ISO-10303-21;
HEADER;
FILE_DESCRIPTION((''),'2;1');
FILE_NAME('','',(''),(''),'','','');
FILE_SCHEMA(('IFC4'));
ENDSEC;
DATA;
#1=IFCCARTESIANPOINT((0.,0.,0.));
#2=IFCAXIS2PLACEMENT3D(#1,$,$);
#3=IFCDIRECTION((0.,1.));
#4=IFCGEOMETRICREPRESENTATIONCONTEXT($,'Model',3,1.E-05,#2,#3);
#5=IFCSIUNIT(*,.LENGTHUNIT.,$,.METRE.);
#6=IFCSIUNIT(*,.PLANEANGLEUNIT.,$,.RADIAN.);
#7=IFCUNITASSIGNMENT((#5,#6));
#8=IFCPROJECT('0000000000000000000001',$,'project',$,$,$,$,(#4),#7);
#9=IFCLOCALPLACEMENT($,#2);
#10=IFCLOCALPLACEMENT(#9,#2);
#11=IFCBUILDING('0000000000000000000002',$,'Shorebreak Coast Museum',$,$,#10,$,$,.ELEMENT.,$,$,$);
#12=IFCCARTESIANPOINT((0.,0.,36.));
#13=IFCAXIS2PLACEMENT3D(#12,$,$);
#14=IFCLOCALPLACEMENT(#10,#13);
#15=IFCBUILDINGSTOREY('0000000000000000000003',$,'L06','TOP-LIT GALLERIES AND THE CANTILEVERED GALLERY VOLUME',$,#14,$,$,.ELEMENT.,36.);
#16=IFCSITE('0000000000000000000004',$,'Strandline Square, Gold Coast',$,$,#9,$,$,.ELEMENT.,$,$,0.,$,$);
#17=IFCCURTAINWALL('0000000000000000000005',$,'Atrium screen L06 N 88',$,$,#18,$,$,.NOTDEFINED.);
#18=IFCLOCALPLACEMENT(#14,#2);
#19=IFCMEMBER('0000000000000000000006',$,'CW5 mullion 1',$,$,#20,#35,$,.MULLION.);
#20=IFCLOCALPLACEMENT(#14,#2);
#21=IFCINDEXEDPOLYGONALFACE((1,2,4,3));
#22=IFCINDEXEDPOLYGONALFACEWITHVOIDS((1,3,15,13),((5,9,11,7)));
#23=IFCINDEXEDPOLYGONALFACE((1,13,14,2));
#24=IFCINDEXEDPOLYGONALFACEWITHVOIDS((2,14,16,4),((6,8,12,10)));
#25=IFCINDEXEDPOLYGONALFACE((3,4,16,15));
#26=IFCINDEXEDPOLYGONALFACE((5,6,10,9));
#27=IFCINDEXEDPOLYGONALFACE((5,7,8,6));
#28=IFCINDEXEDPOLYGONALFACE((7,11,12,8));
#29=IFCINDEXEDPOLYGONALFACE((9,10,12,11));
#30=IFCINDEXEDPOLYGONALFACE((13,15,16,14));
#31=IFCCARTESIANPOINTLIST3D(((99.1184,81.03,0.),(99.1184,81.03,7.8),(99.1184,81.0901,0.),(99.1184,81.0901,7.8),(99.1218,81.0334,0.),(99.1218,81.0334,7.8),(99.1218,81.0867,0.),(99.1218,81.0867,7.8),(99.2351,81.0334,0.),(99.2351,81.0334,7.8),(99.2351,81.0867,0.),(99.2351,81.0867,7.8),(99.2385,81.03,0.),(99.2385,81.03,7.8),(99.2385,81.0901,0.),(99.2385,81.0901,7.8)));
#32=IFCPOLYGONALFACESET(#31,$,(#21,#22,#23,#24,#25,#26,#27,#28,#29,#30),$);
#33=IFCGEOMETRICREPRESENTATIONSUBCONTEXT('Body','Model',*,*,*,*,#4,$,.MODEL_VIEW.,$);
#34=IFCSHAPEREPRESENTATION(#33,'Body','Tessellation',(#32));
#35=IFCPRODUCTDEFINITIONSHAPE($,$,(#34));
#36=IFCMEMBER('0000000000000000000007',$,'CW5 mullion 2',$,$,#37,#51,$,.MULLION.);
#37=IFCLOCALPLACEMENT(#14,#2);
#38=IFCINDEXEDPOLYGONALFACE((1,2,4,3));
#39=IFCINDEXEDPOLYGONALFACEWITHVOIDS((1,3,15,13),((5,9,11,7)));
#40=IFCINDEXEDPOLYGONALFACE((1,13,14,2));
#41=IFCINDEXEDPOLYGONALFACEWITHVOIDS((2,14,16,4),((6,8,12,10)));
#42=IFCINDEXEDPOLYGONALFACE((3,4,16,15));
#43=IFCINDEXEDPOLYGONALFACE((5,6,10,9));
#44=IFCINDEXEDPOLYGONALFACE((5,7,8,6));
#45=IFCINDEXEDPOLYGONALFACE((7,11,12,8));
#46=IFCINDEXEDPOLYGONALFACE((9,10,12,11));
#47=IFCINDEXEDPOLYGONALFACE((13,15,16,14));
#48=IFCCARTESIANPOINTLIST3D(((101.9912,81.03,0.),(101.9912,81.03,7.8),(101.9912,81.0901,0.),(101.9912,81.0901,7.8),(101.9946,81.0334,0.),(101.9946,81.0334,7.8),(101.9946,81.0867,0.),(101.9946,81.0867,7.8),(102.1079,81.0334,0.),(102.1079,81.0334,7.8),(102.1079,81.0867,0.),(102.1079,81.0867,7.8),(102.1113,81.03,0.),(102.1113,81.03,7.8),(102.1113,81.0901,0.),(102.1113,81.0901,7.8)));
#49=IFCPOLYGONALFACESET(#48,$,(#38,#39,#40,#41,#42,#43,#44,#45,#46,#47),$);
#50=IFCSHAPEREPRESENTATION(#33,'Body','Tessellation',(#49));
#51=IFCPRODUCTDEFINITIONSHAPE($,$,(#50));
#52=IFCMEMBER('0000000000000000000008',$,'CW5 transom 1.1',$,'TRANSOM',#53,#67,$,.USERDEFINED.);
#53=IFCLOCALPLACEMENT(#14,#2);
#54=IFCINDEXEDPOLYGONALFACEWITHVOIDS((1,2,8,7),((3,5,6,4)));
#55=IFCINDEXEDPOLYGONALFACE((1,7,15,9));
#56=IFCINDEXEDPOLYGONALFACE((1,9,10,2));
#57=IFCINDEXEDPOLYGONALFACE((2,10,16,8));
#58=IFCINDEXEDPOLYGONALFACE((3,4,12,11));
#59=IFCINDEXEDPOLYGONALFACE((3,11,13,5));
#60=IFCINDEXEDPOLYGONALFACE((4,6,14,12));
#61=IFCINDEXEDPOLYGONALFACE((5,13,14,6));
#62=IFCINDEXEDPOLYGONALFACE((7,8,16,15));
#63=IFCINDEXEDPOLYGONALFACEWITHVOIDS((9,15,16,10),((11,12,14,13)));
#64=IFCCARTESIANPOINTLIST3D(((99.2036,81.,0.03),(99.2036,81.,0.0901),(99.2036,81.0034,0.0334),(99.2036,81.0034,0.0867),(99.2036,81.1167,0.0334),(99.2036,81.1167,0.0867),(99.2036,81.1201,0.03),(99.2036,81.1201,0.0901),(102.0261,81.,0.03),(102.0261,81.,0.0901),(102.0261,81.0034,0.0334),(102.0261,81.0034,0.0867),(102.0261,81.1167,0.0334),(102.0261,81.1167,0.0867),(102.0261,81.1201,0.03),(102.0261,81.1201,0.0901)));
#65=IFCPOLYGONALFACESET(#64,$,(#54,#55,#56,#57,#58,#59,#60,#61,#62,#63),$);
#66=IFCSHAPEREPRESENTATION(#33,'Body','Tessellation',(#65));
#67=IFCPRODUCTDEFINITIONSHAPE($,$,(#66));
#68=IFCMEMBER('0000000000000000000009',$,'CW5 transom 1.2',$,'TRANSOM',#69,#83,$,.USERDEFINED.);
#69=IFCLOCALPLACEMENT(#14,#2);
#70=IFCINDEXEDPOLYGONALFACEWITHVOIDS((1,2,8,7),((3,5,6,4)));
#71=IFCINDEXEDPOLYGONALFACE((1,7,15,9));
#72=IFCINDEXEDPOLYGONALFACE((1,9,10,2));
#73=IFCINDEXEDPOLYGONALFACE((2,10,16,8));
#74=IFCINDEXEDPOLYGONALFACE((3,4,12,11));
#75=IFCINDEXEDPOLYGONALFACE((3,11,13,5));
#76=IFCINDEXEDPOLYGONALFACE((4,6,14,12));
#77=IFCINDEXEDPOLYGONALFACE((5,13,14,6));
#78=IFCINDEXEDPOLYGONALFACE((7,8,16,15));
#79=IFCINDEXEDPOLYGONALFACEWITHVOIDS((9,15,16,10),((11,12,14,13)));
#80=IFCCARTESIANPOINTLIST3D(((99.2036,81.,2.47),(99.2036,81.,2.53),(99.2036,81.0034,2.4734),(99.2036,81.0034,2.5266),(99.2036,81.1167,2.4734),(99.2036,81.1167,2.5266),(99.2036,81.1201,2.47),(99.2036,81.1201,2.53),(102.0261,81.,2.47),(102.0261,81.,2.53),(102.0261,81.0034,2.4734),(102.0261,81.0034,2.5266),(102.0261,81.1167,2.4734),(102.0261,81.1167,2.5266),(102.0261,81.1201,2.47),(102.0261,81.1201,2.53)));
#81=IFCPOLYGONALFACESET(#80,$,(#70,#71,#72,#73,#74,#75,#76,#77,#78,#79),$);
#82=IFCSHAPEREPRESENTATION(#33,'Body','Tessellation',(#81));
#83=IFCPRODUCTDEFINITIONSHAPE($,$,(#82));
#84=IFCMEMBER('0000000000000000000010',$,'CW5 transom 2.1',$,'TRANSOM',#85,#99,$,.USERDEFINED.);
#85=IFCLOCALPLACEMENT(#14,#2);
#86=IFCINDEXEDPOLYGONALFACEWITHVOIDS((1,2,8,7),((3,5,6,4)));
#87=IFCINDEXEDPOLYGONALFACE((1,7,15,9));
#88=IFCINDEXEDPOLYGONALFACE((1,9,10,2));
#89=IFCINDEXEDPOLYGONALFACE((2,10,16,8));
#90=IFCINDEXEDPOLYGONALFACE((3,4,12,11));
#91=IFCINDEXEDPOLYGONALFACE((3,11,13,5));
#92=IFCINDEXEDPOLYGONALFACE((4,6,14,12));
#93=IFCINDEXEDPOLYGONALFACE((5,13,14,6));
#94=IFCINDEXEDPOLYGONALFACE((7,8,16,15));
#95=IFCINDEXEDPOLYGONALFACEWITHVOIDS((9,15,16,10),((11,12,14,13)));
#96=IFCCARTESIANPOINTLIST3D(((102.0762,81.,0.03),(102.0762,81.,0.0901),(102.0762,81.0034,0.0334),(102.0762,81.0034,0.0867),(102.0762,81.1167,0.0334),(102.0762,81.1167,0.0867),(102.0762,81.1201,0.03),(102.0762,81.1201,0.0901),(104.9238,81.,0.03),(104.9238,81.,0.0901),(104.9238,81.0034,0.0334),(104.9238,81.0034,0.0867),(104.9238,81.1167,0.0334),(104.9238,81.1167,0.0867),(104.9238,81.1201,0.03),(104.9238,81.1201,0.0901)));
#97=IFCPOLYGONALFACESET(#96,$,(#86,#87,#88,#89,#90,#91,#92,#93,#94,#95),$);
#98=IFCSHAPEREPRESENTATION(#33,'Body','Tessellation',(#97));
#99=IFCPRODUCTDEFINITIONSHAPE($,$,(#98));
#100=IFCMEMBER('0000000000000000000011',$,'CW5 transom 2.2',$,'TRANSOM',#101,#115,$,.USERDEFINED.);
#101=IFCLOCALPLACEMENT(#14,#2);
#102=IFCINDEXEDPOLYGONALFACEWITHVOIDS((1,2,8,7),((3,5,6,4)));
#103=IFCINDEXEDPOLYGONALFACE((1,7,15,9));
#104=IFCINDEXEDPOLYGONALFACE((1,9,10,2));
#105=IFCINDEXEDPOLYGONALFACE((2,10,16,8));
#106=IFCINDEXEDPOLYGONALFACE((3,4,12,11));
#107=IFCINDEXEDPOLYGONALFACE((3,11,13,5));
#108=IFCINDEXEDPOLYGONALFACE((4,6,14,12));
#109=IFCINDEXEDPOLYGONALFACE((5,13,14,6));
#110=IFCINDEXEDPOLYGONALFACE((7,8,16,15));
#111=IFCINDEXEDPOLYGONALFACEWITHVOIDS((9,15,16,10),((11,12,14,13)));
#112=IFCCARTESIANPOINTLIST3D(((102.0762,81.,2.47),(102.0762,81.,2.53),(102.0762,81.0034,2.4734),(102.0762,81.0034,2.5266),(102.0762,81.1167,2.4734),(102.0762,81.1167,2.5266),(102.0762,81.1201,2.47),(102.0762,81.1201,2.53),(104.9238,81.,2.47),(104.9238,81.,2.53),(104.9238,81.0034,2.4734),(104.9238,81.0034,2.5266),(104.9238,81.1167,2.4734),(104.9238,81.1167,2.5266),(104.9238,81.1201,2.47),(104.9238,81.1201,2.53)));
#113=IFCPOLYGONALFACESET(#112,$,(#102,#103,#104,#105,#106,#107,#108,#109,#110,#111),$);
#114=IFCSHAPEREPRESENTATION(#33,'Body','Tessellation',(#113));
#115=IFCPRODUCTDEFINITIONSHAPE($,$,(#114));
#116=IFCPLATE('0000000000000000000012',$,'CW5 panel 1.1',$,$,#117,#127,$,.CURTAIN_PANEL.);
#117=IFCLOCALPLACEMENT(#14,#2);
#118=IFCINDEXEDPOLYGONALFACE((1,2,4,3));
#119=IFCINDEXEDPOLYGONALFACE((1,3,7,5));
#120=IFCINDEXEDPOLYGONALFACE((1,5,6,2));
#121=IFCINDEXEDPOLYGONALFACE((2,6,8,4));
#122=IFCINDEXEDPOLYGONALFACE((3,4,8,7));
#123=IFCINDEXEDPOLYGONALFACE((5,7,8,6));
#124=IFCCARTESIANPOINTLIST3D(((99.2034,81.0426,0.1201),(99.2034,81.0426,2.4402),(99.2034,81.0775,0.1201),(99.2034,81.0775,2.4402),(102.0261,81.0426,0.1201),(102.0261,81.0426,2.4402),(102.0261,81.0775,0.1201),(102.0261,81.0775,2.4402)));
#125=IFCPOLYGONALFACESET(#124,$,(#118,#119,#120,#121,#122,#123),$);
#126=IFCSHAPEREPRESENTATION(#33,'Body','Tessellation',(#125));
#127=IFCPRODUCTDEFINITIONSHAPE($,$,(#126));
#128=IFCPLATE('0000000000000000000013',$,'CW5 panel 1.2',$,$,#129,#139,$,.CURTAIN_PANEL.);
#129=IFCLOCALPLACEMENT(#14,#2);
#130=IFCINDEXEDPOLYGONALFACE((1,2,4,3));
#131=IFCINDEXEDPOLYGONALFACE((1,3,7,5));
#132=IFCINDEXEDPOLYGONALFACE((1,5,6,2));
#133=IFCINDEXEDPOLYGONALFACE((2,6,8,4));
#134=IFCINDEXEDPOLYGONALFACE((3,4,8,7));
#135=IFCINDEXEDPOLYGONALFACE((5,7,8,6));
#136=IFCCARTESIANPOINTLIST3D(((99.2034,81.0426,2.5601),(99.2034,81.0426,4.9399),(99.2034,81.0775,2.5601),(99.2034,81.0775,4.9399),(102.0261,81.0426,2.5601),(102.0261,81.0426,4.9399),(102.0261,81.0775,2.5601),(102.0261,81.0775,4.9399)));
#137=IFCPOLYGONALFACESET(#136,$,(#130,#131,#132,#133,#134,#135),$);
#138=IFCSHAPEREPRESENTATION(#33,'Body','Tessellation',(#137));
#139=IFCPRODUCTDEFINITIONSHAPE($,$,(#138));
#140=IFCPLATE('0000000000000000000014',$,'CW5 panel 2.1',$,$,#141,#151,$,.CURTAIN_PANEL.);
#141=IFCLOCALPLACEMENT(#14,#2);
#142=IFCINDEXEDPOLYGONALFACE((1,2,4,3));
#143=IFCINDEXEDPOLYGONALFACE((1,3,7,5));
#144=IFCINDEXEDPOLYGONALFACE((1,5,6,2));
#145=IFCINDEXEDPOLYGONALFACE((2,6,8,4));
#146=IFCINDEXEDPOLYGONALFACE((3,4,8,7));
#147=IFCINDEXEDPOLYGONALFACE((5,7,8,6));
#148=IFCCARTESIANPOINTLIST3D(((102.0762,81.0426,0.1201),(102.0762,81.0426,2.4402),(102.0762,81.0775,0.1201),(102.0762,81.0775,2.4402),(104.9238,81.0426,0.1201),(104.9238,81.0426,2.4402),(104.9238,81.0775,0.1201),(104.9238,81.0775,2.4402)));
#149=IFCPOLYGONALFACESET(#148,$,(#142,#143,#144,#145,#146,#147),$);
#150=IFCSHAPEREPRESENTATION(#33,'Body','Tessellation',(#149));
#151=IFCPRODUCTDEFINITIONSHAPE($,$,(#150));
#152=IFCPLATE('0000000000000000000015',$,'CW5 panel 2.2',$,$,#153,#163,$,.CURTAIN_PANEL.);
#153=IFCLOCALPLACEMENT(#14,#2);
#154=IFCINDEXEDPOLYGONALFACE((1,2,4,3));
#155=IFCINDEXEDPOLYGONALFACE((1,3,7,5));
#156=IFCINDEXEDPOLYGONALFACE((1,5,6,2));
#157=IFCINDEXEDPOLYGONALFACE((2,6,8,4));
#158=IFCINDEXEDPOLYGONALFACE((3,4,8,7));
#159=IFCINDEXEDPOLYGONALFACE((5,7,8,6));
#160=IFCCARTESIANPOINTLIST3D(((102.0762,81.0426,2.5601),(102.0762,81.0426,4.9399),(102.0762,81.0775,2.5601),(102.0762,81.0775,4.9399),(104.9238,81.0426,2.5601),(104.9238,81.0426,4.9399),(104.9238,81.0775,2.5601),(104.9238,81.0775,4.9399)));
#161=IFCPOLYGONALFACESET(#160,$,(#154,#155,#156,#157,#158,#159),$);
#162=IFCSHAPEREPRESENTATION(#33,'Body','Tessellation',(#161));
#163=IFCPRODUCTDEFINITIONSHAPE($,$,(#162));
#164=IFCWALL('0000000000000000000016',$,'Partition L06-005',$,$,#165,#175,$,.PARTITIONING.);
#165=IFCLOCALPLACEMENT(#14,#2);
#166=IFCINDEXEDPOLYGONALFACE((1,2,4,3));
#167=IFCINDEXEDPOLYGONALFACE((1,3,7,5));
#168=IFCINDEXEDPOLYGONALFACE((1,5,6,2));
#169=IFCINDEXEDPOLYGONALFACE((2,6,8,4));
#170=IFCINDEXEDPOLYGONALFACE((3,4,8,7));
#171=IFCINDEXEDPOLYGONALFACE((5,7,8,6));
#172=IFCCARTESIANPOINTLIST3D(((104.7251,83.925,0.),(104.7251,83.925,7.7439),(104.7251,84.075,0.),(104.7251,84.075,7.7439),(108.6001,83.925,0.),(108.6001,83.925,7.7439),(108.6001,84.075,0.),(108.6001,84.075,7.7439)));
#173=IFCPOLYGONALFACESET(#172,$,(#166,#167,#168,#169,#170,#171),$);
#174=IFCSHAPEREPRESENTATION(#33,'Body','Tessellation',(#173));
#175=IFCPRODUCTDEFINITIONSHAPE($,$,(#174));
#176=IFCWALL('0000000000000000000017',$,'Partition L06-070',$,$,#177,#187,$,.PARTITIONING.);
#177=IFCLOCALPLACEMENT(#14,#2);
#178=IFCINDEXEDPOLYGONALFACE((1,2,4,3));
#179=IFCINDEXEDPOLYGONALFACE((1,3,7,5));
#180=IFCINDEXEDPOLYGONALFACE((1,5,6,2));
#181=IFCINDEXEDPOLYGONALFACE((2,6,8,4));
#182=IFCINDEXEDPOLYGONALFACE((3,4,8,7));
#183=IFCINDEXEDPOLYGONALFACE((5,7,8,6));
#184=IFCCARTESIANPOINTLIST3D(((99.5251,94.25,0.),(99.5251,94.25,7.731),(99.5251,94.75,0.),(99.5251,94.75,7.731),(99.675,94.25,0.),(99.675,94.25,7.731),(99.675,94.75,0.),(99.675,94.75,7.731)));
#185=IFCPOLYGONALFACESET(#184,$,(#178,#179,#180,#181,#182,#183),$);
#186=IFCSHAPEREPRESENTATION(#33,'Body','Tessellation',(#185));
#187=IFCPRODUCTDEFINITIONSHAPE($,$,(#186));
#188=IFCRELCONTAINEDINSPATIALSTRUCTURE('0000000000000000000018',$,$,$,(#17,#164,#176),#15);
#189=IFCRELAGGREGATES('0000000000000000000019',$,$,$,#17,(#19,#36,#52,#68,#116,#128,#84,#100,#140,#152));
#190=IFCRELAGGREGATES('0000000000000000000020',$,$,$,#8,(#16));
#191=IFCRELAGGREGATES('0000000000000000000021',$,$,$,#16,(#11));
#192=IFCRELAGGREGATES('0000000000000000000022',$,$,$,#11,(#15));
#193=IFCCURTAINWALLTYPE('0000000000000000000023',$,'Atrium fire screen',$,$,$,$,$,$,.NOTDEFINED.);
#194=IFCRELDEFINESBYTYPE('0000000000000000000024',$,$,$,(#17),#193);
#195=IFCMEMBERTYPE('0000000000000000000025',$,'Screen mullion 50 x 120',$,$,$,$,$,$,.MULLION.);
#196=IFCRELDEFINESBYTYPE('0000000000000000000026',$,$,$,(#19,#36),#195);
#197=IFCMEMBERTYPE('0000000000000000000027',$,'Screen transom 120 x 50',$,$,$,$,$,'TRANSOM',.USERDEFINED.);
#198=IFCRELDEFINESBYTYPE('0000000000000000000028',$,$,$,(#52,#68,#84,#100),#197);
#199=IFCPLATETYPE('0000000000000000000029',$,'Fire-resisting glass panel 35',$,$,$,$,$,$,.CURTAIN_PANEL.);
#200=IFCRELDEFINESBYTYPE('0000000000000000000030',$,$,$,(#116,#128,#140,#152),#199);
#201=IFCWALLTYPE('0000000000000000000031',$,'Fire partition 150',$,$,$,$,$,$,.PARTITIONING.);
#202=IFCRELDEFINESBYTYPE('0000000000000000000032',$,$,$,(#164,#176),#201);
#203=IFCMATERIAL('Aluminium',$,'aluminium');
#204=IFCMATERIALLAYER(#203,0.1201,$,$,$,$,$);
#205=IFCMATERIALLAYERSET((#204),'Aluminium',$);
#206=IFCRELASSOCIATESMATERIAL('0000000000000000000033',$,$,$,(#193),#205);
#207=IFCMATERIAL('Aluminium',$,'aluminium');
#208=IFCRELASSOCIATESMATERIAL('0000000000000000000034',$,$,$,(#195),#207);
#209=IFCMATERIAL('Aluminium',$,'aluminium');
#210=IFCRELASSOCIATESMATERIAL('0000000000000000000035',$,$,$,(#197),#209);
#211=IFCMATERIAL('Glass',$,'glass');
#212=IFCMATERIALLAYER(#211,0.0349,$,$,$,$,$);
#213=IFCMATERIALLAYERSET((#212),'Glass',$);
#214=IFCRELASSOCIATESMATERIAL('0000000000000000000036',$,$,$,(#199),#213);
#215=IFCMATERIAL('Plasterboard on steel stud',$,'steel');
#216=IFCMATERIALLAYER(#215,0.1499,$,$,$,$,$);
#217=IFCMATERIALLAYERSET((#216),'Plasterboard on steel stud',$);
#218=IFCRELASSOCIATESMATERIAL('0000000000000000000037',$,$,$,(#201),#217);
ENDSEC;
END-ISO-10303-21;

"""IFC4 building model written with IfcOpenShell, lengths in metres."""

from ifc_helpers import new_model, si_unit, direction, frame, frame_2d, origin, origin_2d, place, context, subcontext, project, spatial, rectangle, hollow_rectangle, extrude, material, layer, layer_set, material_profile, profile_set, type_object, element, aggregate, save


model = new_model("IFC4")

# Units and contexts
model_context = context("Model", 3, precision=1e-05, world=origin(), true_north=direction((0.0, 1.0)))
body_context = subcontext(model_context, "Body", "Model", "MODEL_VIEW")
ifc_project = project(units=[si_unit("LENGTHUNIT", "METRE"), si_unit("PLANEANGLEUNIT", "RADIAN")], contexts=[model_context])

# Site, building, storey
site_placement = place(None, origin())
site = spatial("IfcSite", under=ifc_project, at=site_placement, Name="Strandline Square, Gold Coast", CompositionType="ELEMENT", RefElevation=0.0)
building_placement = place(site_placement, origin())
building = spatial("IfcBuilding", under=site, at=building_placement, Name="Shorebreak Coast Museum", CompositionType="ELEMENT")
storey_placement = place(building_placement, frame((0.0, 0.0, 36.0)))
storey = spatial("IfcBuildingStorey", under=building, at=storey_placement, Name="L06", Description="TOP-LIT GALLERIES AND THE CANTILEVERED GALLERY VOLUME", CompositionType="ELEMENT", Elevation=36.0)

# Curtain wall, members, plates
ifc_material_1 = material(Name="Aluminium", Category="aluminium")
ifc_layer_1 = layer(ifc_material_1, 0.1201)
ifc_layer_set_1 = layer_set([ifc_layer_1], Name="Aluminium")
curtain_wall_type = type_object("IfcCurtainWallType", Name="Atrium fire screen", PredefinedType="NOTDEFINED", material=ifc_layer_set_1)
curtain_wall_placement = place(storey_placement, origin())
curtain_wall = element("IfcCurtainWall", 1, at=curtain_wall_placement, inside=storey, type_object=curtain_wall_type, Name="Atrium screen L06 N 88", PredefinedType="NOTDEFINED")
ifc_material_2 = material(Name="Aluminium", Category="aluminium")
ifc_material_profile_1 = material_profile(ifc_material_2, hollow_rectangle(XDim=0.0601, YDim=0.1201, WallThickness=0.0034, at=origin_2d()), Name="AL 120x60 RHS")
ifc_profile_set_1 = profile_set([ifc_material_profile_1], Name="Aluminium")
member_type_1 = type_object("IfcMemberType", Name="Screen mullion 50 x 120", PredefinedType="MULLION", material=ifc_profile_set_1)
member_1_placement = place(storey_placement, frame((99.1785, 81.0601, 0.0), z_axis=(0.0, 0.0, 1.0), x_axis=(0.0, 1.0, 0.0)))
member_1 = element("IfcMember", 2, at=member_1_placement, type_object=member_type_1, Name="CW5 mullion 1", PredefinedType="MULLION", context=body_context, shape_type="SweptSolid", body=[
    extrude(hollow_rectangle(XDim=0.0601, YDim=0.1201, WallThickness=0.0034, at=origin_2d()), origin(), (0.0, 0.0, 1.0), 7.8),
])
member_2_placement = place(storey_placement, frame((102.0513, 81.0601, 0.0), z_axis=(0.0, 0.0, 1.0), x_axis=(0.0, 1.0, 0.0)))
member_2 = element("IfcMember", 3, at=member_2_placement, type_object=member_type_1, Name="CW5 mullion 2", PredefinedType="MULLION", context=body_context, shape_type="SweptSolid", body=[
    extrude(hollow_rectangle(XDim=0.0601, YDim=0.1201, WallThickness=0.0034, at=origin_2d()), origin(), (0.0, 0.0, 1.0), 7.8),
])
ifc_material_3 = material(Name="Aluminium", Category="aluminium")
ifc_material_profile_2 = material_profile(ifc_material_3, hollow_rectangle(XDim=0.1201, YDim=0.0601, WallThickness=0.0034, at=origin_2d()), Name="AL 60x120 RHS")
ifc_profile_set_2 = profile_set([ifc_material_profile_2], Name="Aluminium")
member_type_2 = type_object("IfcMemberType", Name="Screen transom 120 x 50", ElementType="TRANSOM", PredefinedType="USERDEFINED", material=ifc_profile_set_2)
member_3_placement = place(storey_placement, frame((99.2036, 81.0601, 0.0601), z_axis=(1.0, 0.0, 0.0), x_axis=(0.0, 1.0, 0.0)))
member_3 = element("IfcMember", 4, at=member_3_placement, type_object=member_type_2, Name="CW5 transom 1.1", ObjectType="TRANSOM", PredefinedType="USERDEFINED", context=body_context, shape_type="SweptSolid", body=[
    extrude(hollow_rectangle(XDim=0.1201, YDim=0.0601, WallThickness=0.0034, at=origin_2d()), origin(), (0.0, 0.0, 1.0), 2.8225),
])
member_4_placement = place(storey_placement, frame((99.2036, 81.0601, 2.5), z_axis=(1.0, 0.0, 0.0), x_axis=(0.0, 1.0, 0.0)))
member_4 = element("IfcMember", 5, at=member_4_placement, type_object=member_type_2, Name="CW5 transom 1.2", ObjectType="TRANSOM", PredefinedType="USERDEFINED", context=body_context, shape_type="SweptSolid", body=[
    extrude(hollow_rectangle(XDim=0.1201, YDim=0.0601, WallThickness=0.0034, at=origin_2d()), origin(), (0.0, 0.0, 1.0), 2.8225),
])
member_5_placement = place(storey_placement, frame((102.0762, 81.0601, 0.0601), z_axis=(1.0, 0.0, 0.0), x_axis=(0.0, 1.0, 0.0)))
member_5 = element("IfcMember", 6, at=member_5_placement, type_object=member_type_2, Name="CW5 transom 2.1", ObjectType="TRANSOM", PredefinedType="USERDEFINED", context=body_context, shape_type="SweptSolid", body=[
    extrude(hollow_rectangle(XDim=0.1201, YDim=0.0601, WallThickness=0.0034, at=origin_2d()), origin(), (0.0, 0.0, 1.0), 2.8477),
])
member_6_placement = place(storey_placement, frame((102.0762, 81.0601, 2.5), z_axis=(1.0, 0.0, 0.0), x_axis=(0.0, 1.0, 0.0)))
member_6 = element("IfcMember", 7, at=member_6_placement, type_object=member_type_2, Name="CW5 transom 2.2", ObjectType="TRANSOM", PredefinedType="USERDEFINED", context=body_context, shape_type="SweptSolid", body=[
    extrude(hollow_rectangle(XDim=0.1201, YDim=0.0601, WallThickness=0.0034, at=origin_2d()), origin(), (0.0, 0.0, 1.0), 2.8477),
])
ifc_material_4 = material(Name="Glass", Category="glass")
ifc_layer_2 = layer(ifc_material_4, 0.0349)
ifc_layer_set_2 = layer_set([ifc_layer_2], Name="Glass")
plate_type = type_object("IfcPlateType", Name="Fire-resisting glass panel 35", PredefinedType="CURTAIN_PANEL", material=ifc_layer_set_2)
plate_1_placement = place(storey_placement, frame((100.6147, 81.0601, 0.1201), z_axis=(0.0, 0.0, 1.0), x_axis=(1.0, 0.0, 0.0)))
plate_1 = element("IfcPlate", 8, at=plate_1_placement, type_object=plate_type, Name="CW5 panel 1.1", PredefinedType="CURTAIN_PANEL", context=body_context, shape_type="SweptSolid", body=[
    extrude(rectangle(XDim=2.8228, YDim=0.0349, at=origin_2d()), origin(), (0.0, 0.0, 1.0), 2.3201),
])
plate_2_placement = place(storey_placement, frame((100.6147, 81.0601, 2.5601), z_axis=(0.0, 0.0, 1.0), x_axis=(1.0, 0.0, 0.0)))
plate_2 = element("IfcPlate", 9, at=plate_2_placement, type_object=plate_type, Name="CW5 panel 1.2", PredefinedType="CURTAIN_PANEL", context=body_context, shape_type="SweptSolid", body=[
    extrude(rectangle(XDim=2.8228, YDim=0.0349, at=origin_2d()), origin(), (0.0, 0.0, 1.0), 2.3799),
])
plate_3_placement = place(storey_placement, frame((103.5, 81.0601, 0.1201), z_axis=(0.0, 0.0, 1.0), x_axis=(1.0, 0.0, 0.0)))
plate_3 = element("IfcPlate", 10, at=plate_3_placement, type_object=plate_type, Name="CW5 panel 2.1", PredefinedType="CURTAIN_PANEL", context=body_context, shape_type="SweptSolid", body=[
    extrude(rectangle(XDim=2.8477, YDim=0.0349, at=origin_2d()), origin(), (0.0, 0.0, 1.0), 2.3201),
])
plate_4_placement = place(storey_placement, frame((103.5, 81.0601, 2.5601), z_axis=(0.0, 0.0, 1.0), x_axis=(1.0, 0.0, 0.0)))
plate_4 = element("IfcPlate", 11, at=plate_4_placement, type_object=plate_type, Name="CW5 panel 2.2", PredefinedType="CURTAIN_PANEL", context=body_context, shape_type="SweptSolid", body=[
    extrude(rectangle(XDim=2.8477, YDim=0.0349, at=origin_2d()), origin(), (0.0, 0.0, 1.0), 2.3799),
])
aggregate(curtain_wall, [member_1, member_2, member_3, member_4, plate_1, plate_2, member_5, member_6, plate_3, plate_4])

# Walls
ifc_material_5 = material(Name="Plasterboard on steel stud", Category="steel")
ifc_layer_3 = layer(ifc_material_5, 0.1499)
ifc_layer_set_3 = layer_set([ifc_layer_3], Name="Plasterboard on steel stud")
wall_type_1 = type_object("IfcWallType", Name="Fire partition 150", PredefinedType="PARTITIONING", material=ifc_layer_set_3)
wall_1_placement = place(storey_placement, frame((104.7251, 84.0, 0.0), z_axis=(0.0, 0.0, 1.0), x_axis=(1.0, 0.0, 0.0)))
element("IfcWall", 12, at=wall_1_placement, inside=storey, type_object=wall_type_1, Name="Partition L06-005", PredefinedType="PARTITIONING", context=body_context, shape_type="SweptSolid", body=[
    extrude(rectangle(XDim=3.875, YDim=0.1499, at=frame_2d((1.9375, 0.0))), origin(), (0.0, 0.0, 1.0), 7.7439),
])
wall_2_placement = place(storey_placement, frame((99.6001, 94.25, 0.0), z_axis=(0.0, 0.0, 1.0), x_axis=(0.0, 1.0, 0.0)))
element("IfcWall", 13, at=wall_2_placement, inside=storey, type_object=wall_type_1, Name="Partition L06-070", PredefinedType="PARTITIONING", context=body_context, shape_type="SweptSolid", body=[
    extrude(rectangle(XDim=0.5, YDim=0.1499, at=frame_2d((0.25, 0.0))), origin(), (0.0, 0.0, 1.0), 7.731),
])

save(model, "model.ifc")
